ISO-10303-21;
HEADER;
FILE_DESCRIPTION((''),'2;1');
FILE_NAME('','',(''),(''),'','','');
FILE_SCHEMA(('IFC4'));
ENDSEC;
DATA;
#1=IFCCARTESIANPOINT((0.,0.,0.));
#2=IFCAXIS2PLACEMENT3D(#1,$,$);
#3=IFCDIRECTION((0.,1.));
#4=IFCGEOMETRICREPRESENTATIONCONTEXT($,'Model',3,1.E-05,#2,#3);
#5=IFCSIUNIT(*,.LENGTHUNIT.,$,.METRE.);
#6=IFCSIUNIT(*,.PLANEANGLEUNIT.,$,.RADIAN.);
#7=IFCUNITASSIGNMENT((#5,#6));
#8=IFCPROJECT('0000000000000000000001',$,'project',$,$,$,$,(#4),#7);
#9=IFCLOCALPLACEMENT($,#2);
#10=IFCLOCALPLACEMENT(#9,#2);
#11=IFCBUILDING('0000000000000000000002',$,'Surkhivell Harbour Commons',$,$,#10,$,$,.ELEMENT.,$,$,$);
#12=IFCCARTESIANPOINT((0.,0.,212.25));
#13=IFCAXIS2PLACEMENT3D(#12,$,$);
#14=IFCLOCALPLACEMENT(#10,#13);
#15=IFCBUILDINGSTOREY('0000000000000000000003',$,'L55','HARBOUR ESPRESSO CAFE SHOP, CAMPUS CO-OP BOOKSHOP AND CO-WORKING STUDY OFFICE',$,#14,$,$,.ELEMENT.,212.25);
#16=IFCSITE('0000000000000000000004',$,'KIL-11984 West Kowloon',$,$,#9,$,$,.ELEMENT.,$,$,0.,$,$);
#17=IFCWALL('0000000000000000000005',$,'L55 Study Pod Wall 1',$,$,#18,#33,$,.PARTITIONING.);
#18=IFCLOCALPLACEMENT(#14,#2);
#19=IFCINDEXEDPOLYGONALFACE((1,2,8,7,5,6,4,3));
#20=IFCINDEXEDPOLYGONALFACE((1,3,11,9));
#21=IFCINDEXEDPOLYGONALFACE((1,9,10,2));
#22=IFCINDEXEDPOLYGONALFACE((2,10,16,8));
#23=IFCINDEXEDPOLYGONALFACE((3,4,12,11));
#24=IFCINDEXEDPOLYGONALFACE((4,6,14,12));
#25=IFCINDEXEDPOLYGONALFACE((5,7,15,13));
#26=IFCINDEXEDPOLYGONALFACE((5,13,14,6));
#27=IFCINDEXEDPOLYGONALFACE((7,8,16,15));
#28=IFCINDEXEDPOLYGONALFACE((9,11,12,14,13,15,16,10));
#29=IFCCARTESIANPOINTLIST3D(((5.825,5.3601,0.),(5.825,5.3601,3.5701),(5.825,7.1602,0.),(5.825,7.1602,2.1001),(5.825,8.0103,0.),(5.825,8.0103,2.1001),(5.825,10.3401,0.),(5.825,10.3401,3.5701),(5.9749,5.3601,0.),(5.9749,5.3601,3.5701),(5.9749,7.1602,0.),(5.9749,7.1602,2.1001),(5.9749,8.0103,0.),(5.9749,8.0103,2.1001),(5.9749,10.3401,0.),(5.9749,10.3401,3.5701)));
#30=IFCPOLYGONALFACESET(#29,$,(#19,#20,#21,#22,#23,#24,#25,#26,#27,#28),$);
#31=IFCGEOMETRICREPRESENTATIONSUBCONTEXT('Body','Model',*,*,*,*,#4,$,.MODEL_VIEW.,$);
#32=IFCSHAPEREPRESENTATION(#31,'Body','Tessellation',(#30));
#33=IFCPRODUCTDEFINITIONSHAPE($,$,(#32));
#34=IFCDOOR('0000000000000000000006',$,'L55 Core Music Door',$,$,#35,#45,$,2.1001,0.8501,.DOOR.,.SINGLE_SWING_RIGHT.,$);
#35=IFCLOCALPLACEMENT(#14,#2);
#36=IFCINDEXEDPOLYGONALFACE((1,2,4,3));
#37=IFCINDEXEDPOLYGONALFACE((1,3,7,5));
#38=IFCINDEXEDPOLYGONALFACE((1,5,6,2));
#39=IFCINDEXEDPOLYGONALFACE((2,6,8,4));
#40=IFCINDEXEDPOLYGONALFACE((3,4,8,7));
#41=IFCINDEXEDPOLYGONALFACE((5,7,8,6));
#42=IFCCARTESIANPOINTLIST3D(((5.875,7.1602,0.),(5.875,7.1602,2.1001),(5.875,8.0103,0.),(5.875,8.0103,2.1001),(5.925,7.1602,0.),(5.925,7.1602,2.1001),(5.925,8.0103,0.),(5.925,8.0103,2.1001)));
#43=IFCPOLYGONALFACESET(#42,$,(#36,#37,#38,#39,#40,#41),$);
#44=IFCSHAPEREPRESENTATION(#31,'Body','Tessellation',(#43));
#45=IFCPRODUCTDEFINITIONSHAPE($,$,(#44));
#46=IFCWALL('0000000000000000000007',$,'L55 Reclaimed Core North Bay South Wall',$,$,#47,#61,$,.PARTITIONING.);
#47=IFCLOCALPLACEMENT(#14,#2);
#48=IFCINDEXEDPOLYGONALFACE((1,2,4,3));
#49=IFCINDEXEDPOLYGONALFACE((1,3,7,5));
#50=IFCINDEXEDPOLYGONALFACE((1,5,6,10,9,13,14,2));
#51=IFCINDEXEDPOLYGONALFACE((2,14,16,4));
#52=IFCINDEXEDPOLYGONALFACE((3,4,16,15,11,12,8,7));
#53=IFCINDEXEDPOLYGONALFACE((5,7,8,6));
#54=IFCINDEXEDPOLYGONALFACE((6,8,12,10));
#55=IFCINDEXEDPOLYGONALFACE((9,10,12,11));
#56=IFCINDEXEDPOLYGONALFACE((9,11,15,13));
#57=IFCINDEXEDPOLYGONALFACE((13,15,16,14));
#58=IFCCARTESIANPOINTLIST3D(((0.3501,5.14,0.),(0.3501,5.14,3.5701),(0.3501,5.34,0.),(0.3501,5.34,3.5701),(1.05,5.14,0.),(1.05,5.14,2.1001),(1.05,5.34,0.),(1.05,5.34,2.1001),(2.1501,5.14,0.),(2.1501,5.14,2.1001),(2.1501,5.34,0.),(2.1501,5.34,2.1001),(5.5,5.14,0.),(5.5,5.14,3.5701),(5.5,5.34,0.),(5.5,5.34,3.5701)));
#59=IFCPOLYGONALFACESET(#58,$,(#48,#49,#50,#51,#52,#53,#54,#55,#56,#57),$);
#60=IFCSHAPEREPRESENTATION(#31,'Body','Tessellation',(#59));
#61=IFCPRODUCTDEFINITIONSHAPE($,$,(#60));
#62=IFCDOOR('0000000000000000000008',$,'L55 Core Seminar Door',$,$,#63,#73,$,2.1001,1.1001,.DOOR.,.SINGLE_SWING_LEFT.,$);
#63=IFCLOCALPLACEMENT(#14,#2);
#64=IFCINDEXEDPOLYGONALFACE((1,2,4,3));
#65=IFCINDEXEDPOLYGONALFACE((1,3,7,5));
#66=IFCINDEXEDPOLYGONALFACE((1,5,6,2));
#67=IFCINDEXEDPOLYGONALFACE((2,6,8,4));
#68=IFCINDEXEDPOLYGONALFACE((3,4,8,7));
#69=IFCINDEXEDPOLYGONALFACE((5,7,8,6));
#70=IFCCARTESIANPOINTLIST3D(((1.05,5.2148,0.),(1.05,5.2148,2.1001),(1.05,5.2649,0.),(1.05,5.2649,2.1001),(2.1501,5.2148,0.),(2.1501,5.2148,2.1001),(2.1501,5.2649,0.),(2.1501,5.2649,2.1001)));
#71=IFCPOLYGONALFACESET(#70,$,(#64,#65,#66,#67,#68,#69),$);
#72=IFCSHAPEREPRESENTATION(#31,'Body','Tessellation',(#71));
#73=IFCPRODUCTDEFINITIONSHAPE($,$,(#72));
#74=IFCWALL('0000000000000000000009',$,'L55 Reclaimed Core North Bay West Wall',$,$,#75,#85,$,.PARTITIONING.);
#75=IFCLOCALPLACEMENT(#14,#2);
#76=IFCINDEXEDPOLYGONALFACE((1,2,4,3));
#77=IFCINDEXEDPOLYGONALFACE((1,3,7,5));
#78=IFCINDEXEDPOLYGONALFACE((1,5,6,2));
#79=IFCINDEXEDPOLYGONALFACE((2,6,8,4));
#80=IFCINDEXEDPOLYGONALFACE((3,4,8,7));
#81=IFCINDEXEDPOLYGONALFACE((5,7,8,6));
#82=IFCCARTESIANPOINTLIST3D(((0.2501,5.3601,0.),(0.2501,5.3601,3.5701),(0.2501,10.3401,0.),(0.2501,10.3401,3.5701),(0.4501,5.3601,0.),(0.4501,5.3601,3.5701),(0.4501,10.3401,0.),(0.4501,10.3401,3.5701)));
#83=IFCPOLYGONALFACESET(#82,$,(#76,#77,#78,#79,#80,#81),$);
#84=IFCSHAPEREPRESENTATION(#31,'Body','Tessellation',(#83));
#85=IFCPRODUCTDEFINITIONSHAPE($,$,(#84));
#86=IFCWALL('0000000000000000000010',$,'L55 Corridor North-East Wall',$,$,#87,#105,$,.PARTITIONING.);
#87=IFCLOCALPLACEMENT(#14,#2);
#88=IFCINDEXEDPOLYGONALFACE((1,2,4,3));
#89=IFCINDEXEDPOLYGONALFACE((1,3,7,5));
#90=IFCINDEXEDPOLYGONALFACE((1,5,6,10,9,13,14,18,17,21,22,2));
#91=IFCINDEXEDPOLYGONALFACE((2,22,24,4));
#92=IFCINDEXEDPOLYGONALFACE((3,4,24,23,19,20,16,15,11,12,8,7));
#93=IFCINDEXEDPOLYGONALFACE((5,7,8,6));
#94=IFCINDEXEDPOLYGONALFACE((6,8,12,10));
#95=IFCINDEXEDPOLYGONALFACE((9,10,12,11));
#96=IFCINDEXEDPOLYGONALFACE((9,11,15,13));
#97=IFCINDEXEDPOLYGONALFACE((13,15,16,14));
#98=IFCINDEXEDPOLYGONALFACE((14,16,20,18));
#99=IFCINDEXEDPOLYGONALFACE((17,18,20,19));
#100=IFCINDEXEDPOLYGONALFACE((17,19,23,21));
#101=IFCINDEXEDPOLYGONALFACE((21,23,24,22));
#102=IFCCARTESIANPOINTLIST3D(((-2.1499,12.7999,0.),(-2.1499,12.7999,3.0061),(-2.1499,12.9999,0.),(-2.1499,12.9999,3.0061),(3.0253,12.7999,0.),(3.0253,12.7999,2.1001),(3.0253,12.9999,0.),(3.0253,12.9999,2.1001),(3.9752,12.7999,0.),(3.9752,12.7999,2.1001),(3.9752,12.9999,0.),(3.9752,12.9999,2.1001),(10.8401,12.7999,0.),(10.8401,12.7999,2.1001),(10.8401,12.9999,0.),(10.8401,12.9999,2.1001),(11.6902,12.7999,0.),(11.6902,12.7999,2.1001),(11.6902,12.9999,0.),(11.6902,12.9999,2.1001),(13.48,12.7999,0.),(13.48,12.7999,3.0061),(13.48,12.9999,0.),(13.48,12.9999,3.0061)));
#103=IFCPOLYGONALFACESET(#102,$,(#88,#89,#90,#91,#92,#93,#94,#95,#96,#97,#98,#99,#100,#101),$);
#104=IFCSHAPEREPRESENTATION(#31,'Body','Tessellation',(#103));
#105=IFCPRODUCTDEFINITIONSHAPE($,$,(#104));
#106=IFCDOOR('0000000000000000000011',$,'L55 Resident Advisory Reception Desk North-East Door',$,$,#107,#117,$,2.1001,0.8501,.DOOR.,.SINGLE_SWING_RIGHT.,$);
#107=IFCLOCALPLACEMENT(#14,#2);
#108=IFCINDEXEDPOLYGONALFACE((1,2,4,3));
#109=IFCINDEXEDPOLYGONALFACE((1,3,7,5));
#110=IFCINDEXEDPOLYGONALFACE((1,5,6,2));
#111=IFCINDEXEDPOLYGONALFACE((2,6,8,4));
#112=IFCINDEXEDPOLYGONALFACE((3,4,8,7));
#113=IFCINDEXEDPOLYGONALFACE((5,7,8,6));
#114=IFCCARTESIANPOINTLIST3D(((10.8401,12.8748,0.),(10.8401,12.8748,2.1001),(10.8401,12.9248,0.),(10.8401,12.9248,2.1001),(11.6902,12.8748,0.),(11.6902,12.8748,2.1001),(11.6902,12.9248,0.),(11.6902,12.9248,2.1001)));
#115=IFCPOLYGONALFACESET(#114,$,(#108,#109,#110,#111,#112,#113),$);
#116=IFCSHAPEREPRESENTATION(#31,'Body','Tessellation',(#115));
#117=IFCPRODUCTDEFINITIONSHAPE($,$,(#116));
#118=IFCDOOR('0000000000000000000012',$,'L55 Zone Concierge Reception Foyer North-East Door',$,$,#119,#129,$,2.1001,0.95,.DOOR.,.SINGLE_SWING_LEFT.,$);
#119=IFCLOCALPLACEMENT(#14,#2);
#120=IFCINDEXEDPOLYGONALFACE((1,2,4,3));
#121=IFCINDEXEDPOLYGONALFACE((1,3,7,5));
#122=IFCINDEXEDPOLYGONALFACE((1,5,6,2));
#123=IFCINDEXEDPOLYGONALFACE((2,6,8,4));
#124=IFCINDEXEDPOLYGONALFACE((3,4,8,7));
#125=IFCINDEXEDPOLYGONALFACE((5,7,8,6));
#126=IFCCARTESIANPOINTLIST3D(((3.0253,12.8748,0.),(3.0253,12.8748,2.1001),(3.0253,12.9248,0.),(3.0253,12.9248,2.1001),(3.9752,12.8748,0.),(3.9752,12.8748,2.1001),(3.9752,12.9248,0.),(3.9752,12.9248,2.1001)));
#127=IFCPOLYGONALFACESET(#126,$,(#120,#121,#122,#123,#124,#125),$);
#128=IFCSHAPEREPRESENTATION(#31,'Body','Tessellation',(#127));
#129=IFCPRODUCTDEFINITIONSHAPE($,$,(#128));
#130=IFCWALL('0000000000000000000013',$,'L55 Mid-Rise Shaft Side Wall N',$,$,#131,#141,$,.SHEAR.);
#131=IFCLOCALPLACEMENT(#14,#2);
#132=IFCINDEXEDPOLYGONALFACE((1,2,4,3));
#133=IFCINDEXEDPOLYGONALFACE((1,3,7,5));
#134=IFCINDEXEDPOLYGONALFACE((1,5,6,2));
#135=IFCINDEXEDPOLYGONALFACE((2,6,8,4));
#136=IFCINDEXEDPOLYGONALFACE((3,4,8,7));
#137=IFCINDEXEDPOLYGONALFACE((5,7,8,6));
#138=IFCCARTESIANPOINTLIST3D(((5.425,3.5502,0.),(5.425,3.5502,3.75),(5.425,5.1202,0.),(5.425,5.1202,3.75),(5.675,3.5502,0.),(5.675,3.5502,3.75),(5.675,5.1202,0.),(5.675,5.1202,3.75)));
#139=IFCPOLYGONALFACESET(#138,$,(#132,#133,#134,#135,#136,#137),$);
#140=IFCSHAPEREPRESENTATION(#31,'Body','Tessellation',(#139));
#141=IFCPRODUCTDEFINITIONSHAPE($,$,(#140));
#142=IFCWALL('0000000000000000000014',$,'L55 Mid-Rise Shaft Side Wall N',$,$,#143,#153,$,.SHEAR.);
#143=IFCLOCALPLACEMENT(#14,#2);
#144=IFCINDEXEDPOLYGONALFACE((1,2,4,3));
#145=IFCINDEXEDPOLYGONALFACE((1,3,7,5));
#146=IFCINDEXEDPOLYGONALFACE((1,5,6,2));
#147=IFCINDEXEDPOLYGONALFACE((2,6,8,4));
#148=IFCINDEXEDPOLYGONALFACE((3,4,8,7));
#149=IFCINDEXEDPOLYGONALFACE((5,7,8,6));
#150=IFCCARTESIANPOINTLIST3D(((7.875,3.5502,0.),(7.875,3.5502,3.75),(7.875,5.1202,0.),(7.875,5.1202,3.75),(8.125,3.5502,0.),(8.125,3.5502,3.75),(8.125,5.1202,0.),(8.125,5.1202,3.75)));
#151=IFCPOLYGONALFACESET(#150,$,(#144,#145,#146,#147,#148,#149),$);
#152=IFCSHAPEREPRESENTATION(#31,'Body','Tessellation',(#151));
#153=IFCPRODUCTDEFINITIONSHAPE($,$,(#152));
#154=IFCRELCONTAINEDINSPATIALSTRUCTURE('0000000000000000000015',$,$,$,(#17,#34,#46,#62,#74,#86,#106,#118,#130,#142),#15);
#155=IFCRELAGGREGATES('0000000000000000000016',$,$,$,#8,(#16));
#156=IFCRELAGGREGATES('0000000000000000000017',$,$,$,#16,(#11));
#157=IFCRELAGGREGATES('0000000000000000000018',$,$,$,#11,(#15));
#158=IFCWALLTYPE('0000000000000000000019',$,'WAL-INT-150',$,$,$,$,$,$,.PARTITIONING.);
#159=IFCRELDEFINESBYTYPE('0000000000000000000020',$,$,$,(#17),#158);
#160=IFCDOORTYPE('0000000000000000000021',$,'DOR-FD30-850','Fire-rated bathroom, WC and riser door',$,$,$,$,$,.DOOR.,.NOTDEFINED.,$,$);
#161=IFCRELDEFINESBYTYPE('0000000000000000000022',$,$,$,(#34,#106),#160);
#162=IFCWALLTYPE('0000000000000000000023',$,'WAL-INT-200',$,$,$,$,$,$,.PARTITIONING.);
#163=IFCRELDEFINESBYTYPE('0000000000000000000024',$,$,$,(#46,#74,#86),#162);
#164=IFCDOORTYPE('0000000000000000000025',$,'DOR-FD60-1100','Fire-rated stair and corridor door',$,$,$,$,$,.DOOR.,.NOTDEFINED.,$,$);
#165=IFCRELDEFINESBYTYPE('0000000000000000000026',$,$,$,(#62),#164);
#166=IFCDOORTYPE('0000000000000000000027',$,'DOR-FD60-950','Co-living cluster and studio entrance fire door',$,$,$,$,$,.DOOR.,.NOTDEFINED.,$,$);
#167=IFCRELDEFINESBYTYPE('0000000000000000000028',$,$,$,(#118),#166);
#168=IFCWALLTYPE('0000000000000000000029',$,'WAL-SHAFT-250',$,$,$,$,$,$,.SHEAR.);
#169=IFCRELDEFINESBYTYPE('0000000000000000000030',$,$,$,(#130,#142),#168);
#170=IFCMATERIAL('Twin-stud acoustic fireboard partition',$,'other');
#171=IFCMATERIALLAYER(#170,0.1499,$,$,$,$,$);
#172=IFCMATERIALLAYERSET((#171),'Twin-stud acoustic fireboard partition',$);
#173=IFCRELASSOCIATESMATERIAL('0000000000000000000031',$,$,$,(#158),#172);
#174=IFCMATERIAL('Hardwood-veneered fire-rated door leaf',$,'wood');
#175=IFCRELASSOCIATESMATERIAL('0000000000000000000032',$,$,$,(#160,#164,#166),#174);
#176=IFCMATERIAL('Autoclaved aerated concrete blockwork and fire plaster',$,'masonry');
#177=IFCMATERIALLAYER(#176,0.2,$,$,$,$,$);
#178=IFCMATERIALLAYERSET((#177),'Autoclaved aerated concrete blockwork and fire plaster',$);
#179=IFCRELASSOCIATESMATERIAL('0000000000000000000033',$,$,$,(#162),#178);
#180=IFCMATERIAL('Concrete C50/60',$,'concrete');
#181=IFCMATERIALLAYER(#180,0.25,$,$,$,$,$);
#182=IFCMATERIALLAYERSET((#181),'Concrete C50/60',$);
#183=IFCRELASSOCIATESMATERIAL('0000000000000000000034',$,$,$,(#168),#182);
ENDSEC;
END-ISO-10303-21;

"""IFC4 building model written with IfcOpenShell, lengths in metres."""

from ifc_helpers import new_model, si_unit, direction, frame, frame_2d, origin, place, context, subcontext, project, spatial, rectangle, extrude, material, layer, layer_set, type_object, element, fill, save


model = new_model("IFC4")

# Units and contexts
model_context = context("Model", 3, precision=1e-05, world=origin(), true_north=direction((0.0, 1.0)))
body_context = subcontext(model_context, "Body", "Model", "MODEL_VIEW")
ifc_project = project(units=[si_unit("LENGTHUNIT", "METRE"), si_unit("PLANEANGLEUNIT", "RADIAN")], contexts=[model_context])

# Site, building, storey
site_placement = place(None, origin())
site = spatial("IfcSite", under=ifc_project, at=site_placement, Name="KIL-11984 West Kowloon", CompositionType="ELEMENT", RefElevation=0.0)
building_placement = place(site_placement, origin())
building = spatial("IfcBuilding", under=site, at=building_placement, Name="Surkhivell Harbour Commons", CompositionType="ELEMENT")
storey_placement = place(building_placement, frame((0.0, 0.0, 212.25)))
storey = spatial("IfcBuildingStorey", under=building, at=storey_placement, Name="L55", Description="HARBOUR ESPRESSO CAFE SHOP, CAMPUS CO-OP BOOKSHOP AND CO-WORKING STUDY OFFICE", CompositionType="ELEMENT", Elevation=212.25)

# Shared definitions
ifc_material_1 = material(Name="Twin-stud acoustic fireboard partition", Category="other")
ifc_layer_1 = layer(ifc_material_1, 0.1499)
ifc_layer_set_1 = layer_set([ifc_layer_1], Name="Twin-stud acoustic fireboard partition")
wall_type_1 = type_object("IfcWallType", Name="WAL-INT-150", PredefinedType="PARTITIONING", material=ifc_layer_set_1)
ifc_material_2 = material(Name="Hardwood-veneered fire-rated door leaf", Category="wood")
door_type_1 = type_object("IfcDoorType", Name="DOR-FD30-850", Description="Fire-rated bathroom, WC and riser door", OperationType="NOTDEFINED", PredefinedType="DOOR", material=ifc_material_2)

# Walls, openings, doors
wall_1_placement = place(storey_placement, frame((5.8999, 5.3601, 0.0), z_axis=(0.0, 0.0, 1.0), x_axis=(0.0, 1.0, 0.0)))
wall_1 = element("IfcWall", 1, at=wall_1_placement, inside=storey, type_object=wall_type_1, Name="L55 Study Pod Wall 1", PredefinedType="PARTITIONING", context=body_context, shape_type="SweptSolid", body=[
    extrude(rectangle(XDim=4.98, YDim=0.1499, at=frame_2d((2.49, 0.0))), origin(), (0.0, 0.0, 1.0), 3.5701),
])
opening_1_placement = place(wall_1_placement, frame((1.8, 0.0, 0.0)))
opening_1 = element("IfcOpeningElement", 2, at=opening_1_placement, cuts=wall_1, PredefinedType="OPENING", context=body_context, shape_type="SweptSolid", body=[
    extrude(rectangle(XDim=0.8501, YDim=2.1001, at=frame_2d((0.425, 1.05))), frame((0.0, 0.085, 0.0), z_axis=(0.0, -1.0, 0.0), x_axis=(1.0, 0.0, 0.0)), (0.0, 0.0, 1.0), 0.1699),
])
door_1_placement = place(opening_1_placement, origin())
door_1 = element("IfcDoor", 3, at=door_1_placement, inside=storey, type_object=door_type_1, Name="L55 Core Music Door", OperationType="SINGLE_SWING_RIGHT", OverallHeight=2.1001, OverallWidth=0.8501, PredefinedType="DOOR", context=body_context, shape_type="SweptSolid", body=[
    extrude(rectangle(XDim=0.8501, YDim=2.1001, at=frame_2d((0.425, 1.05))), frame((0.0, 0.0249, 0.0), z_axis=(0.0, -1.0, 0.0), x_axis=(1.0, 0.0, 0.0)), (0.0, 0.0, 1.0), 0.05),
])
fill(opening_1, door_1)
ifc_material_3 = material(Name="Autoclaved aerated concrete blockwork and fire plaster", Category="masonry")
ifc_layer_2 = layer(ifc_material_3, 0.2)
ifc_layer_set_2 = layer_set([ifc_layer_2], Name="Autoclaved aerated concrete blockwork and fire plaster")
wall_type_2 = type_object("IfcWallType", Name="WAL-INT-200", PredefinedType="PARTITIONING", material=ifc_layer_set_2)
wall_2_placement = place(storey_placement, frame((0.3501, 5.24, 0.0), z_axis=(0.0, 0.0, 1.0), x_axis=(1.0, 0.0, 0.0)))
wall_2 = element("IfcWall", 4, at=wall_2_placement, inside=storey, type_object=wall_type_2, Name="L55 Reclaimed Core North Bay South Wall", PredefinedType="PARTITIONING", context=body_context, shape_type="SweptSolid", body=[
    extrude(rectangle(XDim=5.1499, YDim=0.2, at=frame_2d((2.575, 0.0))), origin(), (0.0, 0.0, 1.0), 3.5701),
])
opening_2_placement = place(wall_2_placement, frame((0.7, 0.0, 0.0)))
opening_2 = element("IfcOpeningElement", 5, at=opening_2_placement, cuts=wall_2, PredefinedType="OPENING", context=body_context, shape_type="SweptSolid", body=[
    extrude(rectangle(XDim=1.1001, YDim=2.1001, at=frame_2d((0.55, 1.05))), frame((0.0, 0.1099, 0.0), z_axis=(0.0, -1.0, 0.0), x_axis=(1.0, 0.0, 0.0)), (0.0, 0.0, 1.0), 0.22),
])
door_type_2 = type_object("IfcDoorType", Name="DOR-FD60-1100", Description="Fire-rated stair and corridor door", OperationType="NOTDEFINED", PredefinedType="DOOR", material=ifc_material_2)
door_2_placement = place(opening_2_placement, origin())
door_2 = element("IfcDoor", 6, at=door_2_placement, inside=storey, type_object=door_type_2, Name="L55 Core Seminar Door", OperationType="SINGLE_SWING_LEFT", OverallHeight=2.1001, OverallWidth=1.1001, PredefinedType="DOOR", context=body_context, shape_type="SweptSolid", body=[
    extrude(rectangle(XDim=1.1001, YDim=2.1001, at=frame_2d((0.55, 1.05))), frame((0.0, 0.0249, 0.0), z_axis=(0.0, -1.0, 0.0), x_axis=(1.0, 0.0, 0.0)), (0.0, 0.0, 1.0), 0.05),
])
fill(opening_2, door_2)

# Wall
wall_3_placement = place(storey_placement, frame((0.3501, 5.3601, 0.0), z_axis=(0.0, 0.0, 1.0), x_axis=(0.0, 1.0, 0.0)))
element("IfcWall", 7, at=wall_3_placement, inside=storey, type_object=wall_type_2, Name="L55 Reclaimed Core North Bay West Wall", PredefinedType="PARTITIONING", context=body_context, shape_type="SweptSolid", body=[
    extrude(rectangle(XDim=4.98, YDim=0.2, at=frame_2d((2.49, 0.0))), origin(), (0.0, 0.0, 1.0), 3.5701),
])

# Wall, openings, doors
wall_4_placement = place(storey_placement, frame((-2.1499, 12.8999, 0.0), z_axis=(0.0, 0.0, 1.0), x_axis=(1.0, 0.0, 0.0)))
wall_4 = element("IfcWall", 8, at=wall_4_placement, inside=storey, type_object=wall_type_2, Name="L55 Corridor North-East Wall", PredefinedType="PARTITIONING", context=body_context, shape_type="SweptSolid", body=[
    extrude(rectangle(XDim=15.6299, YDim=0.2, at=frame_2d((7.8149, 0.0))), origin(), (0.0, 0.0, 1.0), 3.0061),
])
opening_3_placement = place(wall_4_placement, frame((5.175, 0.0, 0.0)))
opening_3 = element("IfcOpeningElement", 9, at=opening_3_placement, cuts=wall_4, PredefinedType="OPENING", context=body_context, shape_type="SweptSolid", body=[
    extrude(rectangle(XDim=0.95, YDim=2.1001, at=frame_2d((0.4751, 1.05))), frame((0.0, 0.1099, 0.0), z_axis=(0.0, -1.0, 0.0), x_axis=(1.0, 0.0, 0.0)), (0.0, 0.0, 1.0), 0.22),
])
opening_4_placement = place(wall_4_placement, frame((12.99, 0.0, 0.0)))
opening_4 = element("IfcOpeningElement", 10, at=opening_4_placement, cuts=wall_4, PredefinedType="OPENING", context=body_context, shape_type="SweptSolid", body=[
    extrude(rectangle(XDim=0.8501, YDim=2.1001, at=frame_2d((0.425, 1.05))), frame((0.0, 0.1099, 0.0), z_axis=(0.0, -1.0, 0.0), x_axis=(1.0, 0.0, 0.0)), (0.0, 0.0, 1.0), 0.22),
])
door_3_placement = place(opening_4_placement, origin())
door_3 = element("IfcDoor", 11, at=door_3_placement, inside=storey, type_object=door_type_1, Name="L55 Resident Advisory Reception Desk North-East Door", OperationType="SINGLE_SWING_RIGHT", OverallHeight=2.1001, OverallWidth=0.8501, PredefinedType="DOOR", context=body_context, shape_type="SweptSolid", body=[
    extrude(rectangle(XDim=0.8501, YDim=2.1001, at=frame_2d((0.425, 1.05))), frame((0.0, 0.0249, 0.0), z_axis=(0.0, -1.0, 0.0), x_axis=(1.0, 0.0, 0.0)), (0.0, 0.0, 1.0), 0.05),
])
fill(opening_4, door_3)
door_type_3 = type_object("IfcDoorType", Name="DOR-FD60-950", Description="Co-living cluster and studio entrance fire door", OperationType="NOTDEFINED", PredefinedType="DOOR", material=ifc_material_2)
door_4_placement = place(opening_3_placement, origin())
door_4 = element("IfcDoor", 12, at=door_4_placement, inside=storey, type_object=door_type_3, Name="L55 Zone Concierge Reception Foyer North-East Door", OperationType="SINGLE_SWING_LEFT", OverallHeight=2.1001, OverallWidth=0.95, PredefinedType="DOOR", context=body_context, shape_type="SweptSolid", body=[
    extrude(rectangle(XDim=0.95, YDim=2.1001, at=frame_2d((0.4751, 1.05))), frame((0.0, 0.0249, 0.0), z_axis=(0.0, -1.0, 0.0), x_axis=(1.0, 0.0, 0.0)), (0.0, 0.0, 1.0), 0.05),
])
fill(opening_3, door_4)

# Walls
ifc_material_4 = material(Name="Concrete C50/60", Category="concrete")
ifc_layer_3 = layer(ifc_material_4, 0.25)
ifc_layer_set_3 = layer_set([ifc_layer_3], Name="Concrete C50/60")
wall_type_3 = type_object("IfcWallType", Name="WAL-SHAFT-250", PredefinedType="SHEAR", material=ifc_layer_set_3)
for number, where, z_axis, x_axis, name in (
    (13, (5.55, 3.55, 0.0), (0.0, 0.0, 1.0), (0.0, 1.0, 0.0), "L55 Mid-Rise Shaft Side Wall N"),
    (14, (8.0, 3.55, 0.0), (0.0, 0.0, 1.0), (0.0, 1.0, 0.0), "L55 Mid-Rise Shaft Side Wall N"),
):
    element("IfcWall", number, at=place(storey_placement, frame(where, z_axis=z_axis, x_axis=x_axis)), inside=storey, type_object=wall_type_3, Name=name, PredefinedType="SHEAR", context=body_context, shape_type="SweptSolid", body=[
        extrude(rectangle(XDim=1.5701, YDim=0.25, at=frame_2d((0.7852, 0.0))), origin(), (0.0, 0.0, 1.0), 3.75),
    ])

save(model, "model.ifc")
